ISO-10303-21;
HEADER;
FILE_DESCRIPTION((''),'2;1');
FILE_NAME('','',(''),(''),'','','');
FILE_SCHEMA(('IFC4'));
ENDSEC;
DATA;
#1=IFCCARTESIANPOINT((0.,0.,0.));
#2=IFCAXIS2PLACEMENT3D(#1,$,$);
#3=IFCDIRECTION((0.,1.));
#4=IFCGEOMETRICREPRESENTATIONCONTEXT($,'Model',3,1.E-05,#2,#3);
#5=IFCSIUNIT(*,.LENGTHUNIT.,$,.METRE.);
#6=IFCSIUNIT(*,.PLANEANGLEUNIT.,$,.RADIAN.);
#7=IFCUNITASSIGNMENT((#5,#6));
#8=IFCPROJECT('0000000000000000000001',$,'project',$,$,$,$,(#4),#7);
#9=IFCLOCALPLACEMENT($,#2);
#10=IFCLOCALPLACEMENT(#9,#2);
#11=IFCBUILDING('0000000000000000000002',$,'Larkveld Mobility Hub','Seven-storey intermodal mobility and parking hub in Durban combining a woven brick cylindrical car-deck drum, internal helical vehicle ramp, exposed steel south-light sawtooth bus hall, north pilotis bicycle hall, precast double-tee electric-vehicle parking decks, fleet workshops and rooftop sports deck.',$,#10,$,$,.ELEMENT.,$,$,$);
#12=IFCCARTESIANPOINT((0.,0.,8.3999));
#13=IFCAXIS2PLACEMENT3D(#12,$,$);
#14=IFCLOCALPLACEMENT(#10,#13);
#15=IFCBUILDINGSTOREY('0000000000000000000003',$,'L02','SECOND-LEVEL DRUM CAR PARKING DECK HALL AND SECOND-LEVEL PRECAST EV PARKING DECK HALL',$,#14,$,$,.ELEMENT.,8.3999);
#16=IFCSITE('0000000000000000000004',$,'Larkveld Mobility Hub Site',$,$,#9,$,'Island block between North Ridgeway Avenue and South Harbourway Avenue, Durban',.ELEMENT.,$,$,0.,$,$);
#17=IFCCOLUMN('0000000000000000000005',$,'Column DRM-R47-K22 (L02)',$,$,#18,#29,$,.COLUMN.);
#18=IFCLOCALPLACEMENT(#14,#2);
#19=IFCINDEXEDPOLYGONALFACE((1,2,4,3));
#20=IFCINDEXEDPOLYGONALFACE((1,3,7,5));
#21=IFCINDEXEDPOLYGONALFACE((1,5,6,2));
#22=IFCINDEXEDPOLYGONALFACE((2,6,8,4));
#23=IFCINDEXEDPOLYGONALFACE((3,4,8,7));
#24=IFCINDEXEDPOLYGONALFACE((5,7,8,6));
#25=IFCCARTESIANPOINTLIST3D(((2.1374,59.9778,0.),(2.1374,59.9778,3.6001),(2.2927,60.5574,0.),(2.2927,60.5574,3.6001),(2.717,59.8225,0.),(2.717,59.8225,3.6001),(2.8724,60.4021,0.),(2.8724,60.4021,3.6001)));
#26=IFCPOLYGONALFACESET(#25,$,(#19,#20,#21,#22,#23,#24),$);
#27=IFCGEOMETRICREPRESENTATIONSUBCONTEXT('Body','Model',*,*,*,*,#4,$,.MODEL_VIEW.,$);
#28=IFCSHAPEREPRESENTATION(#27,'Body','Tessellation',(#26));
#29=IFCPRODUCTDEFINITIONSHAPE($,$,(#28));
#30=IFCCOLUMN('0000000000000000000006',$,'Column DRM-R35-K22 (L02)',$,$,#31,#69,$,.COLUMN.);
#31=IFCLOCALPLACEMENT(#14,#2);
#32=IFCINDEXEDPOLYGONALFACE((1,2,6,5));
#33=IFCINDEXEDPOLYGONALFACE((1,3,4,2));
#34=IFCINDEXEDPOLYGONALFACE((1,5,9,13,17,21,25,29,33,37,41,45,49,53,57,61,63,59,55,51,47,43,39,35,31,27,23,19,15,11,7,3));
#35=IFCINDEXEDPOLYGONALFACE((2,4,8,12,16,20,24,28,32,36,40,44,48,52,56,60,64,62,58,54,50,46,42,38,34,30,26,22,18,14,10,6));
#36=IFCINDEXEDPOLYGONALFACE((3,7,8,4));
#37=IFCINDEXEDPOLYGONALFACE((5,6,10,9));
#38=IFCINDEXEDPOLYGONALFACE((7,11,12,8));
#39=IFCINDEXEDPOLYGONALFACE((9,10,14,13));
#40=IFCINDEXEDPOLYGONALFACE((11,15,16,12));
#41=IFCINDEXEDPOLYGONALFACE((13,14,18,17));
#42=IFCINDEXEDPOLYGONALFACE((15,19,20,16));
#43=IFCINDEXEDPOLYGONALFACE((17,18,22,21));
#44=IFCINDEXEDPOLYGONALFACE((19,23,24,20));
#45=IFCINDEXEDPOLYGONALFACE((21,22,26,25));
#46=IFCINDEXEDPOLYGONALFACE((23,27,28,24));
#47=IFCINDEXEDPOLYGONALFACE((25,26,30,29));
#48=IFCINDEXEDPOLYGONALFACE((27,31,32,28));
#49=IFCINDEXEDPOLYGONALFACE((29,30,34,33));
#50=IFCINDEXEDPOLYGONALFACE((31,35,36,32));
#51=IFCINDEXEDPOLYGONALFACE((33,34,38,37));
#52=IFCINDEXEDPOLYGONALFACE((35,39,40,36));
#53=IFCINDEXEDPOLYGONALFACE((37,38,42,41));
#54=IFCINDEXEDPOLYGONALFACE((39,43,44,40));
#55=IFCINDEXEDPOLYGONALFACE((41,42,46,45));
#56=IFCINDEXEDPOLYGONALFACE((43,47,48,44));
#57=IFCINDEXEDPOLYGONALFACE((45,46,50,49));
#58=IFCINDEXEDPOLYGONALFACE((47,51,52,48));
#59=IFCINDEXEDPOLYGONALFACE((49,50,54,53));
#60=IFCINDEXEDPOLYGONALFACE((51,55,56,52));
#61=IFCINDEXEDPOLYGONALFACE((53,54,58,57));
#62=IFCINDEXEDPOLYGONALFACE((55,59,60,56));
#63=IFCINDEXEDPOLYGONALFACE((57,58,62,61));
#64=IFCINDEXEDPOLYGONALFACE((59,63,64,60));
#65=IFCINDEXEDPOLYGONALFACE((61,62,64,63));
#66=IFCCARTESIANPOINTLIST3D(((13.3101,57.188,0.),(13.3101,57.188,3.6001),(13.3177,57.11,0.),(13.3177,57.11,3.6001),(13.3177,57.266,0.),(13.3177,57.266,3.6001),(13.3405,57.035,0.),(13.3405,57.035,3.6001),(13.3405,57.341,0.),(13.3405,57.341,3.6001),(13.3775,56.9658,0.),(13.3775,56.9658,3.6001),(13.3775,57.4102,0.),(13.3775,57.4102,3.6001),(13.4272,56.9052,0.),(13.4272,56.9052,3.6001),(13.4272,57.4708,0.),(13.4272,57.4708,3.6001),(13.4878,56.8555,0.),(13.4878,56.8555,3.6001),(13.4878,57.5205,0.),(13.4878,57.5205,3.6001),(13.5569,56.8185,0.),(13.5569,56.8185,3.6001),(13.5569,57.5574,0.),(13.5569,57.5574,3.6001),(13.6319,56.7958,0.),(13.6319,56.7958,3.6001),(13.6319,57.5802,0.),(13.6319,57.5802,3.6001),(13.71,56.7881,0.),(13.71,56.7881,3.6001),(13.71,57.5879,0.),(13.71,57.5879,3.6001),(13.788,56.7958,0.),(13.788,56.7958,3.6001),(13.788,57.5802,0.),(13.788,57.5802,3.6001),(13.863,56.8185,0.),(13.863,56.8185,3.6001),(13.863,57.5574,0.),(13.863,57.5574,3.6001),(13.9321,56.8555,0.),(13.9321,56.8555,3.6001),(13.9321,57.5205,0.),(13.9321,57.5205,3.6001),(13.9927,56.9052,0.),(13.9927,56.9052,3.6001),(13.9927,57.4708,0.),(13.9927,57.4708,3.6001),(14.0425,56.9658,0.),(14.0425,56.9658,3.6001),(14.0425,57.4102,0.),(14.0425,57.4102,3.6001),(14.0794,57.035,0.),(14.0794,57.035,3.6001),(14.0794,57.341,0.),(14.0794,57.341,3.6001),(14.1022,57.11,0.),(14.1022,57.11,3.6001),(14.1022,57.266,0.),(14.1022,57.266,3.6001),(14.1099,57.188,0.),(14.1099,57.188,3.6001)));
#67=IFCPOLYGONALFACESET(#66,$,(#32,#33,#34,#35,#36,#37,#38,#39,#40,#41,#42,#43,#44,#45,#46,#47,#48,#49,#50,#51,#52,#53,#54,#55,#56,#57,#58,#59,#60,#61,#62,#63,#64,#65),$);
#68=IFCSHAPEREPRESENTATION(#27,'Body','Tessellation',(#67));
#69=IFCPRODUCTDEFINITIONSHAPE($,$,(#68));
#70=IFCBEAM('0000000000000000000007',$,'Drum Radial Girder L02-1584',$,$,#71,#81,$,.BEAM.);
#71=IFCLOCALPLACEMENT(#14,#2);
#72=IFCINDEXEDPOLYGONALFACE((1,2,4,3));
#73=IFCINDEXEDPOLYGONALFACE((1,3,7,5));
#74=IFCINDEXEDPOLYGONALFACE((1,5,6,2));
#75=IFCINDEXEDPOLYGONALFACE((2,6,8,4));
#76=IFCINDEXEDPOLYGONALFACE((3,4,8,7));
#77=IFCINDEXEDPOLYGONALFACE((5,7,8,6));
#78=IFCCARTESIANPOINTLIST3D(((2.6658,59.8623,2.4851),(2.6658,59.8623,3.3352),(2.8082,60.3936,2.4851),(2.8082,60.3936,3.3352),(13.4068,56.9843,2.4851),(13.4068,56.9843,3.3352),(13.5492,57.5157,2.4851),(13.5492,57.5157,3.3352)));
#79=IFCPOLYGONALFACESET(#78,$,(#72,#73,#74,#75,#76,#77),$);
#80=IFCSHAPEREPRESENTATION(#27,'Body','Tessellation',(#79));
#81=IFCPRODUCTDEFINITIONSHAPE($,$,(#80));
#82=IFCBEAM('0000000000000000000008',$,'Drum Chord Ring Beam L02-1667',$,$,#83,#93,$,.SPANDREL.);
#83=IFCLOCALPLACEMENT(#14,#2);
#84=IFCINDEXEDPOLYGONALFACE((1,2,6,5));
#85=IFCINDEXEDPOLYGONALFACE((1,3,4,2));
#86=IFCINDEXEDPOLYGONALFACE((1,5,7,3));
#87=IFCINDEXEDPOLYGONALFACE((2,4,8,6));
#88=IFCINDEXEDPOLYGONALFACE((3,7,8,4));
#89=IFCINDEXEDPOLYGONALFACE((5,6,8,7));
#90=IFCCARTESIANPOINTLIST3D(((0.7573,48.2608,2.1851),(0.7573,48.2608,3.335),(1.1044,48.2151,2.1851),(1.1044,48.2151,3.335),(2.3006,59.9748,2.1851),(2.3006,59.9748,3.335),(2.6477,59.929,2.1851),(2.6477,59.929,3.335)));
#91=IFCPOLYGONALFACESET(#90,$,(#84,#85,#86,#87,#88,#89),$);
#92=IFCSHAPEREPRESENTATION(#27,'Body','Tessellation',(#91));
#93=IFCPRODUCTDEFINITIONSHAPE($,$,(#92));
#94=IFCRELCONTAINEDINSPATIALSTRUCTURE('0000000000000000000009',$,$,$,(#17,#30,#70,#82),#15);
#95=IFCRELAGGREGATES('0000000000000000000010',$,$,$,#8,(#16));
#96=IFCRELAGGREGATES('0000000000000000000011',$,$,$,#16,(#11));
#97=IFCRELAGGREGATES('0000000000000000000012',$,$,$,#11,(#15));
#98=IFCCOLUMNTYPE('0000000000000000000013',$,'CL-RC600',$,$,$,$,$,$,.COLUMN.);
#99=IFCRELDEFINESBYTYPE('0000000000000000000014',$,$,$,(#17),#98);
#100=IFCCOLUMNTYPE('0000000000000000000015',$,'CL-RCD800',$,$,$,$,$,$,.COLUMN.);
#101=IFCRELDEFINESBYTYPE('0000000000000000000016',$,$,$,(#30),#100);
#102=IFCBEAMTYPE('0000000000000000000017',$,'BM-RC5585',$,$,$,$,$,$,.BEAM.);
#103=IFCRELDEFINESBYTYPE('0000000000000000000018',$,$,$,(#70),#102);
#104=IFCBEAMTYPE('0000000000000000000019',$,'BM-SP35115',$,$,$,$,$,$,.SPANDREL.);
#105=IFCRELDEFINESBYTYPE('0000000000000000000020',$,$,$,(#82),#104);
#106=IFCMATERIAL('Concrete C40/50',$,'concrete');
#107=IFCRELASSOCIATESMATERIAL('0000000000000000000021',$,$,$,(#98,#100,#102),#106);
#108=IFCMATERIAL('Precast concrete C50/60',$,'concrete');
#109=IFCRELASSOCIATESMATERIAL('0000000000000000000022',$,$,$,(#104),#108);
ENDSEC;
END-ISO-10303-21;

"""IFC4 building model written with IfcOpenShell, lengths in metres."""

from ifc_helpers import new_model, si_unit, direction, frame, origin, origin_2d, place, context, subcontext, project, spatial, rectangle, circle, extrude, material, material_profile, profile_set, type_object, element, save


model = new_model("IFC4")

# Units and contexts
model_context = context("Model", 3, precision=1e-05, world=origin(), true_north=direction((0.0, 1.0)))
body_context = subcontext(model_context, "Body", "Model", "MODEL_VIEW")
ifc_project = project(units=[si_unit("LENGTHUNIT", "METRE"), si_unit("PLANEANGLEUNIT", "RADIAN")], contexts=[model_context])

# Site, building, storey
site_placement = place(None, origin())
site = spatial("IfcSite", under=ifc_project, at=site_placement, Name="Larkveld Mobility Hub Site", LongName="Island block between North Ridgeway Avenue and South Harbourway Avenue, Durban", CompositionType="ELEMENT", RefElevation=0.0)
building_placement = place(site_placement, origin())
building = spatial("IfcBuilding", under=site, at=building_placement, Name="Larkveld Mobility Hub", Description="Seven-storey intermodal mobility and parking hub in Durban combining a woven brick cylindrical car-deck drum, internal helical vehicle ramp, exposed steel south-light sawtooth bus hall, north pilotis bicycle hall, precast double-tee electric-vehicle parking decks, fleet workshops and rooftop sports deck.", CompositionType="ELEMENT")
storey_placement = place(building_placement, frame((0.0, 0.0, 8.3999)))
storey = spatial("IfcBuildingStorey", under=building, at=storey_placement, Name="L02", Description="SECOND-LEVEL DRUM CAR PARKING DECK HALL AND SECOND-LEVEL PRECAST EV PARKING DECK HALL", CompositionType="ELEMENT", Elevation=8.3999)

# Columns
ifc_material_1 = material(Name="Concrete C40/50", Category="concrete")
ifc_material_profile_1 = material_profile(ifc_material_1, rectangle(XDim=0.6001, YDim=0.6001, at=origin_2d()), Name="RC COL 600x600")
ifc_profile_set_1 = profile_set([ifc_material_profile_1], Name="Concrete C40/50")
column_type_1 = type_object("IfcColumnType", Name="CL-RC600", PredefinedType="COLUMN", material=ifc_profile_set_1)
column_1_placement = place(storey_placement, frame((2.5049, 60.1899, 0.0), z_axis=(0.0, 0.0, 1.0), x_axis=(-0.965926, 0.258819, 0.0)))
element("IfcColumn", 1, at=column_1_placement, inside=storey, type_object=column_type_1, Name="Column DRM-R47-K22 (L02)", PredefinedType="COLUMN", context=body_context, shape_type="SweptSolid", body=[
    extrude(rectangle(XDim=0.6001, YDim=0.6001, at=origin_2d()), origin(), (0.0, 0.0, 1.0), 3.6001),
])
ifc_material_profile_2 = material_profile(ifc_material_1, circle(Radius=0.3999, at=origin_2d()), Name="RC COL D800")
ifc_profile_set_2 = profile_set([ifc_material_profile_2], Name="Concrete C40/50")
column_type_2 = type_object("IfcColumnType", Name="CL-RCD800", PredefinedType="COLUMN", material=ifc_profile_set_2)
column_2_placement = place(storey_placement, frame((13.71, 57.188, 0.0), z_axis=(0.0, 0.0, 1.0), x_axis=(1.0, 0.0, 0.0)))
element("IfcColumn", 2, at=column_2_placement, inside=storey, type_object=column_type_2, Name="Column DRM-R35-K22 (L02)", PredefinedType="COLUMN", context=body_context, shape_type="SweptSolid", body=[
    extrude(circle(Radius=0.3999, at=origin_2d()), origin(), (0.0, 0.0, 1.0), 3.6001),
])

# Beams
ifc_material_profile_3 = material_profile(ifc_material_1, rectangle(XDim=0.55, YDim=0.8501, at=origin_2d()), Name="RC BM 550x850")
ifc_profile_set_3 = profile_set([ifc_material_profile_3], Name="Concrete C40/50")
beam_type_1 = type_object("IfcBeamType", Name="BM-RC5585", PredefinedType="BEAM", material=ifc_profile_set_3)
beam_1_placement = place(storey_placement, frame((13.478, 57.25, 2.9102), z_axis=(-0.965928, 0.25881, 0.0), x_axis=(-0.25881, -0.965928, 0.0)))
element("IfcBeam", 3, at=beam_1_placement, inside=storey, type_object=beam_type_1, Name="Drum Radial Girder L02-1584", PredefinedType="BEAM", context=body_context, shape_type="SweptSolid", body=[
    extrude(rectangle(XDim=0.55, YDim=0.8501, at=origin_2d()), origin(), (0.0, 0.0, 1.0), 11.1199),
])
ifc_material_2 = material(Name="Precast concrete C50/60", Category="concrete")
ifc_material_profile_4 = material_profile(ifc_material_2, rectangle(XDim=0.3501, YDim=1.1499, at=origin_2d()), Name="PC SP 350x1150")
ifc_profile_set_4 = profile_set([ifc_material_profile_4], Name="Precast concrete C50/60")
beam_type_2 = type_object("IfcBeamType", Name="BM-SP35115", PredefinedType="SPANDREL", material=ifc_profile_set_4)
beam_2_placement = place(storey_placement, frame((2.4741, 59.9519, 2.76), z_axis=(-0.130614, -0.991433, 0.0), x_axis=(0.991433, -0.130614, 0.0)))
element("IfcBeam", 4, at=beam_2_placement, inside=storey, type_object=beam_type_2, Name="Drum Chord Ring Beam L02-1667", PredefinedType="SPANDREL", context=body_context, shape_type="SweptSolid", body=[
    extrude(rectangle(XDim=0.3501, YDim=1.1499, at=origin_2d()), origin(), (0.0, 0.0, 1.0), 11.8152),
])

save(model, "model.ifc")
